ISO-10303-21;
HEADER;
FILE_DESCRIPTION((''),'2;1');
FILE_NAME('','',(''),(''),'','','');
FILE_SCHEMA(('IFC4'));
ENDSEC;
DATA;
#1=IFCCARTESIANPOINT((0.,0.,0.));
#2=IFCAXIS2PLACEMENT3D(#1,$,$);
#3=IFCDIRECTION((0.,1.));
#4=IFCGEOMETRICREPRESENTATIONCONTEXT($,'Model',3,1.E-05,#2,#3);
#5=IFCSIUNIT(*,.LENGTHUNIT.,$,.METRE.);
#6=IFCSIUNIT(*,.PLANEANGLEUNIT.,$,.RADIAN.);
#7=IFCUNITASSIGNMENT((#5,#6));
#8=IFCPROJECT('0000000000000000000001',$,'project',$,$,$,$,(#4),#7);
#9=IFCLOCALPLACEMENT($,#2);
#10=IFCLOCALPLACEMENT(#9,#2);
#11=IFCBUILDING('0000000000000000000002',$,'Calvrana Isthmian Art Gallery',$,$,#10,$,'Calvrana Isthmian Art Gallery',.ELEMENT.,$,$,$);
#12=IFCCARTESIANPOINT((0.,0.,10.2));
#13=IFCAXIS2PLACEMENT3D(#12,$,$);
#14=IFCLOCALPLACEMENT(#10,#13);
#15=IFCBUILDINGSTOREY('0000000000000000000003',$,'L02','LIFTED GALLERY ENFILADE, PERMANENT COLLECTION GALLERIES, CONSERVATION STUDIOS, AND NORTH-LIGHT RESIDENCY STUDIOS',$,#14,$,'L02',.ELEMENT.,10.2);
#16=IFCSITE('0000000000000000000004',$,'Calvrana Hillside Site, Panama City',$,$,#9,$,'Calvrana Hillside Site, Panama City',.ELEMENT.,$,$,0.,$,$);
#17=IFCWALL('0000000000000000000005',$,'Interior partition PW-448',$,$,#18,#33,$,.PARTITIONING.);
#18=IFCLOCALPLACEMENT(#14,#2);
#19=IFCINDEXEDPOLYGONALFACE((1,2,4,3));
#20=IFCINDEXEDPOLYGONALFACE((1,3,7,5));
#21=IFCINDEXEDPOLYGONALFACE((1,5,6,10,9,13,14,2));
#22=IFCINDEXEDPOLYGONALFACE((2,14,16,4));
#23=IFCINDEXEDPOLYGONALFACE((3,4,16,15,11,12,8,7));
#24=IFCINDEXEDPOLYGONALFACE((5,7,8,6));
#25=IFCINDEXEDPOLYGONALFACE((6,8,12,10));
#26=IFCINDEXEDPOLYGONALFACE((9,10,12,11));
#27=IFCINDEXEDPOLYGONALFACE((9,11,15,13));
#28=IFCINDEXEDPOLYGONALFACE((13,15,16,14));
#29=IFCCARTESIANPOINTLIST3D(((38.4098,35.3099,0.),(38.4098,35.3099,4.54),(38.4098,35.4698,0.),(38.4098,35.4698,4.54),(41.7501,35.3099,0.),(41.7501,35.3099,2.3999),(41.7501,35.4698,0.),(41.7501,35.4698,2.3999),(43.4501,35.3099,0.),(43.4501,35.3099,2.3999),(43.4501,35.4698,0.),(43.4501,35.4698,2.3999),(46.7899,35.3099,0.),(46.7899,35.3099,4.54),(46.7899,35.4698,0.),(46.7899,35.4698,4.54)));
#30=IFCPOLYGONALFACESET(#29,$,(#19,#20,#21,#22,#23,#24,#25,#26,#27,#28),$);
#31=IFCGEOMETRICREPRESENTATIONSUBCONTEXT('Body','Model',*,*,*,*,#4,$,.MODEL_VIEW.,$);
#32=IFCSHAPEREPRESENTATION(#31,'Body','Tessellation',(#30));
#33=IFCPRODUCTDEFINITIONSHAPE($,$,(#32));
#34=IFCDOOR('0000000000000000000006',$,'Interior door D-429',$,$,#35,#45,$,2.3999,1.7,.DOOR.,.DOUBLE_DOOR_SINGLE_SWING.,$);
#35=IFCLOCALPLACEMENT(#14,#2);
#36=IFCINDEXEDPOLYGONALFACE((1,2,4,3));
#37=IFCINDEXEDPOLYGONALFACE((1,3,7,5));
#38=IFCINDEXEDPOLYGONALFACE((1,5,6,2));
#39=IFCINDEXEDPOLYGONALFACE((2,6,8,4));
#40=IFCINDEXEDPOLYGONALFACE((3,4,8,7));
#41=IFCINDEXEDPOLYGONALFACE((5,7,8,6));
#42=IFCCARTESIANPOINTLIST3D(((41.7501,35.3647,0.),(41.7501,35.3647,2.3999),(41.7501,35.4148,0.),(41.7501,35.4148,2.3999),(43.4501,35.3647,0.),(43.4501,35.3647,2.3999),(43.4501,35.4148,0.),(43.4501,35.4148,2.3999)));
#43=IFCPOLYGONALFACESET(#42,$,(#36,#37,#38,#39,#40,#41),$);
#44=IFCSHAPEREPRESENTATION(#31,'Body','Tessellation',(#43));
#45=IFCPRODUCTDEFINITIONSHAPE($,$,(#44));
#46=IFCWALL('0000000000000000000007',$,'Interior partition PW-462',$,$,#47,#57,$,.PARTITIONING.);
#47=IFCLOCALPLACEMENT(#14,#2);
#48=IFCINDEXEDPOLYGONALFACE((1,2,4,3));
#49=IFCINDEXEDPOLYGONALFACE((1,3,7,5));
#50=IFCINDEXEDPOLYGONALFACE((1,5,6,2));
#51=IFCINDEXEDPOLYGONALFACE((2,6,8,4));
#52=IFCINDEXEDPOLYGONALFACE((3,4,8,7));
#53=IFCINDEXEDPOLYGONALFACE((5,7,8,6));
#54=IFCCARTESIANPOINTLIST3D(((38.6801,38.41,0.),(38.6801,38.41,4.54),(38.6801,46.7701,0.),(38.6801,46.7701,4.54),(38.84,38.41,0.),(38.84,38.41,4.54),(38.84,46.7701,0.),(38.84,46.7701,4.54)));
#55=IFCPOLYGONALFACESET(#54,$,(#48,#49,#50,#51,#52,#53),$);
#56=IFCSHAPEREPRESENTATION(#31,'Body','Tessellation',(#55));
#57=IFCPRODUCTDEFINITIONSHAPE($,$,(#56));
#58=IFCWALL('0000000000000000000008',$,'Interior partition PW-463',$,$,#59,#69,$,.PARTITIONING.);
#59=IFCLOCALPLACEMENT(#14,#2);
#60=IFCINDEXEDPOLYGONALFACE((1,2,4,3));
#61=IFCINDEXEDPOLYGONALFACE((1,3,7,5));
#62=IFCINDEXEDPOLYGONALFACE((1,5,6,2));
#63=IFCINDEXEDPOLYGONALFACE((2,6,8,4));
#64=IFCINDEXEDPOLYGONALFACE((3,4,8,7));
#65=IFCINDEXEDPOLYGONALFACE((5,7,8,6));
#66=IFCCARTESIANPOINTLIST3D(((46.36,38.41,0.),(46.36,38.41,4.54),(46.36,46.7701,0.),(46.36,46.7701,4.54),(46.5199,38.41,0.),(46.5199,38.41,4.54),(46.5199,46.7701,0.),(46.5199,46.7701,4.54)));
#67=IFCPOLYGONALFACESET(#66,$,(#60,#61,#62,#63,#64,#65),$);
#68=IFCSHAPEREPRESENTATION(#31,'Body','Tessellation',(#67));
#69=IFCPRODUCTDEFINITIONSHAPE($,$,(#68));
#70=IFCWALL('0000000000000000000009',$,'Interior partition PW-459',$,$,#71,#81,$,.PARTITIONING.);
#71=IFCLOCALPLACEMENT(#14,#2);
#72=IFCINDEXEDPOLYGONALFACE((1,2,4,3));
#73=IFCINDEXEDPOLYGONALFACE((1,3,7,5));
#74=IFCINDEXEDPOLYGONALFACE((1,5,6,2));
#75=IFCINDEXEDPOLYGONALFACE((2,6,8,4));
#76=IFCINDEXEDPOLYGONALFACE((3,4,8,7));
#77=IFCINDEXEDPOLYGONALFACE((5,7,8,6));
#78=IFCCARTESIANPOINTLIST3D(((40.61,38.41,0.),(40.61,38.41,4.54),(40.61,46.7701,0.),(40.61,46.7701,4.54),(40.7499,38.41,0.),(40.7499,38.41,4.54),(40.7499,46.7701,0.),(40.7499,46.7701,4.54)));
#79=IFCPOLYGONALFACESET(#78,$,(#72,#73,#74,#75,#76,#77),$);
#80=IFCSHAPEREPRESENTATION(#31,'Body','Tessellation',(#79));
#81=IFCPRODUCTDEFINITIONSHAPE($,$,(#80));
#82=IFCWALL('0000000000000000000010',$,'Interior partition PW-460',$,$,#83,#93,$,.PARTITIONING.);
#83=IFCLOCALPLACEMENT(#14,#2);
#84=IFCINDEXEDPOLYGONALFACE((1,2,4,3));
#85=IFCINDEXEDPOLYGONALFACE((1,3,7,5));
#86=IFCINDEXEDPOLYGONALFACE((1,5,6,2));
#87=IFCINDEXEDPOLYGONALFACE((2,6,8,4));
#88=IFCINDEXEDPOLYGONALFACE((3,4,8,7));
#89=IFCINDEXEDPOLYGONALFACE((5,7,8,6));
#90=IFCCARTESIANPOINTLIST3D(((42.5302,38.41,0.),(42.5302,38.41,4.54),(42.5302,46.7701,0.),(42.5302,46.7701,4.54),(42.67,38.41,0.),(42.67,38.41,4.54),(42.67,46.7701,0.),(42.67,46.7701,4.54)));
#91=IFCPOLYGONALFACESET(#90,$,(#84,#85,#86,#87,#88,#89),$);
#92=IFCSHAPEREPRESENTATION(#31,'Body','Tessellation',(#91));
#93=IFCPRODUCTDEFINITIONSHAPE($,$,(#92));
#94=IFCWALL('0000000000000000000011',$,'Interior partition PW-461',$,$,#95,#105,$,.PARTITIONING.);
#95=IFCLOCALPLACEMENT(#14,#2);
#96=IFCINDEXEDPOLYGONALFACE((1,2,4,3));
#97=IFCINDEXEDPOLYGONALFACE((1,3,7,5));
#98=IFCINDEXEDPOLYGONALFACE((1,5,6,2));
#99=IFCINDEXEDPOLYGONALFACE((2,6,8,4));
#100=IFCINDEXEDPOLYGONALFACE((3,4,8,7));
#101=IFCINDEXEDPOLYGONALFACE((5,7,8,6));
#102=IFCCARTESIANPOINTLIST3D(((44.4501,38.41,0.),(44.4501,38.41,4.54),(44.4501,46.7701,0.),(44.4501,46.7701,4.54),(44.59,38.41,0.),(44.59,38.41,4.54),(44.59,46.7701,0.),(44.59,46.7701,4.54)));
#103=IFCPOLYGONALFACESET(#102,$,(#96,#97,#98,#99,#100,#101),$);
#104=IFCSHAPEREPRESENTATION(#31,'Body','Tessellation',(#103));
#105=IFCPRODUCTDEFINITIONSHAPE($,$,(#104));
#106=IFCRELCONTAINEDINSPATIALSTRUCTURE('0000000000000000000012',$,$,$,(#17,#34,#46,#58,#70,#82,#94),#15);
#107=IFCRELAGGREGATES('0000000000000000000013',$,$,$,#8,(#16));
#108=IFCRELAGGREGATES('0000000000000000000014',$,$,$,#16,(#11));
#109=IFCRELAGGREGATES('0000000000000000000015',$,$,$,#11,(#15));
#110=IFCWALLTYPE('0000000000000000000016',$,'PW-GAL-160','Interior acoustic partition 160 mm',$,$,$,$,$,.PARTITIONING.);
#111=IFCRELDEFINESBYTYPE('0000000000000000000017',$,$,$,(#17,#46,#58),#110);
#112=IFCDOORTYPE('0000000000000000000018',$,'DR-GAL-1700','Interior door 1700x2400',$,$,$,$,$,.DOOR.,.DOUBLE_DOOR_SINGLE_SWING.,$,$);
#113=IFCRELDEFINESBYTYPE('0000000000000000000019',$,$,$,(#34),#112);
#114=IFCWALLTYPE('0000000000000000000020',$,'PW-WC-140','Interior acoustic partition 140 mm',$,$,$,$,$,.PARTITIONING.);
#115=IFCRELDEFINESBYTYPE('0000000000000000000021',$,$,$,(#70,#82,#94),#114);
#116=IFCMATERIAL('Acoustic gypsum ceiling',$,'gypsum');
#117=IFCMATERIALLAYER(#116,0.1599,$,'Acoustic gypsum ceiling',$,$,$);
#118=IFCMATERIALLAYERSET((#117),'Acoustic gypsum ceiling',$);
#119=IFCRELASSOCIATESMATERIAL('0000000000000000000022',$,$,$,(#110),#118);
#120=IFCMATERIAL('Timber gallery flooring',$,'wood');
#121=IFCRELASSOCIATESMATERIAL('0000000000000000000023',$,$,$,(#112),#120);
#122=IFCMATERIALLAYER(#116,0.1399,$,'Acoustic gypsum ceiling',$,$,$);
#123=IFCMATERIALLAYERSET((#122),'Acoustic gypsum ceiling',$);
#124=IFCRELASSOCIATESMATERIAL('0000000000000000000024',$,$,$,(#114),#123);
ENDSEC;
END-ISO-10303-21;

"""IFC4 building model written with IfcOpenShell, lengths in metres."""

from ifc_helpers import new_model, si_unit, direction, frame, frame_2d, origin, place, context, subcontext, project, spatial, rectangle, extrude, material, layer, layer_set, type_object, element, fill, save


model = new_model("IFC4")

# Units and contexts
model_context = context("Model", 3, precision=1e-05, world=origin(), true_north=direction((0.0, 1.0)))
body_context = subcontext(model_context, "Body", "Model", "MODEL_VIEW")
ifc_project = project(units=[si_unit("LENGTHUNIT", "METRE"), si_unit("PLANEANGLEUNIT", "RADIAN")], contexts=[model_context])

# Site, building, storey
site_placement = place(None, origin())
site = spatial("IfcSite", under=ifc_project, at=site_placement, Name="Calvrana Hillside Site, Panama City", LongName="Calvrana Hillside Site, Panama City", CompositionType="ELEMENT", RefElevation=0.0)
building_placement = place(site_placement, origin())
building = spatial("IfcBuilding", under=site, at=building_placement, Name="Calvrana Isthmian Art Gallery", LongName="Calvrana Isthmian Art Gallery", CompositionType="ELEMENT")
storey_placement = place(building_placement, frame((0.0, 0.0, 10.2)))
storey = spatial("IfcBuildingStorey", under=building, at=storey_placement, Name="L02", Description="LIFTED GALLERY ENFILADE, PERMANENT COLLECTION GALLERIES, CONSERVATION STUDIOS, AND NORTH-LIGHT RESIDENCY STUDIOS", LongName="L02", CompositionType="ELEMENT", Elevation=10.2)

# Shared definitions
ifc_material_1 = material(Name="Acoustic gypsum ceiling", Category="gypsum")
ifc_material_2 = material(Name="Timber gallery flooring", Category="wood")

# Shared definitions
ifc_layer_1 = layer(ifc_material_1, 0.1599, Name="Acoustic gypsum ceiling")
ifc_layer_set_1 = layer_set([ifc_layer_1], Name="Acoustic gypsum ceiling")
wall_type_1 = type_object("IfcWallType", Name="PW-GAL-160", Description="Interior acoustic partition 160 mm", PredefinedType="PARTITIONING", material=ifc_layer_set_1)

# Wall, opening, door
wall_1_placement = place(storey_placement, frame((38.4099, 35.3899, 0.0), z_axis=(0.0, 0.0, 1.0), x_axis=(1.0, 0.0, 0.0)))
wall_1 = element("IfcWall", 1, at=wall_1_placement, inside=storey, type_object=wall_type_1, Name="Interior partition PW-448", PredefinedType="PARTITIONING", context=body_context, shape_type="SweptSolid", body=[
    extrude(rectangle(XDim=8.3801, YDim=0.1599, at=frame_2d((4.1899, 0.0))), origin(), (0.0, 0.0, 1.0), 4.54),
])
opening_1_placement = place(wall_1_placement, frame((3.3401, 0.0, 0.0)))
opening_1 = element("IfcOpeningElement", 2, at=opening_1_placement, cuts=wall_1, PredefinedType="OPENING", context=body_context, shape_type="SweptSolid", body=[
    extrude(rectangle(XDim=1.7, YDim=2.3999, at=frame_2d((0.8501, 1.2))), frame((0.0, 0.0903, 0.0), z_axis=(0.0, -1.0, 0.0), x_axis=(1.0, 0.0, 0.0)), (0.0, 0.0, 1.0), 0.1804),
])
door_type_1 = type_object("IfcDoorType", Name="DR-GAL-1700", Description="Interior door 1700x2400", OperationType="DOUBLE_DOOR_SINGLE_SWING", PredefinedType="DOOR", material=ifc_material_2)
door_1_placement = place(opening_1_placement, origin())
door_1 = element("IfcDoor", 3, at=door_1_placement, inside=storey, type_object=door_type_1, Name="Interior door D-429", OperationType="DOUBLE_DOOR_SINGLE_SWING", OverallHeight=2.3999, OverallWidth=1.7, PredefinedType="DOOR", context=body_context, shape_type="SweptSolid", body=[
    extrude(rectangle(XDim=1.7, YDim=2.3999, at=frame_2d((0.8501, 1.2))), frame((0.0, 0.0249, 0.0), z_axis=(0.0, -1.0, 0.0), x_axis=(1.0, 0.0, 0.0)), (0.0, 0.0, 1.0), 0.05),
])
fill(opening_1, door_1)

# Walls
for number, where, z_axis, x_axis, name in (
    (4, (38.76, 38.4099, 0.0), (0.0, 0.0, 1.0), (0.0, 1.0, 0.0), "Interior partition PW-462"),
    (5, (46.4399, 38.4099, 0.0), (0.0, 0.0, 1.0), (0.0, 1.0, 0.0), "Interior partition PW-463"),
):
    element("IfcWall", number, at=place(storey_placement, frame(where, z_axis=z_axis, x_axis=x_axis)), inside=storey, type_object=wall_type_1, Name=name, PredefinedType="PARTITIONING", context=body_context, shape_type="SweptSolid", body=[
        extrude(rectangle(XDim=8.3601, YDim=0.1599, at=frame_2d((4.1802, 0.0))), origin(), (0.0, 0.0, 1.0), 4.54),
    ])

# Walls
ifc_layer_2 = layer(ifc_material_1, 0.1399, Name="Acoustic gypsum ceiling")
ifc_layer_set_2 = layer_set([ifc_layer_2], Name="Acoustic gypsum ceiling")
wall_type_2 = type_object("IfcWallType", Name="PW-WC-140", Description="Interior acoustic partition 140 mm", PredefinedType="PARTITIONING", material=ifc_layer_set_2)
for number, where, z_axis, x_axis, name in (
    (6, (40.6799, 38.4099, 0.0), (0.0, 0.0, 1.0), (0.0, 1.0, 0.0), "Interior partition PW-459"),
    (7, (42.6001, 38.4099, 0.0), (0.0, 0.0, 1.0), (0.0, 1.0, 0.0), "Interior partition PW-460"),
    (8, (44.52, 38.4099, 0.0), (0.0, 0.0, 1.0), (0.0, 1.0, 0.0), "Interior partition PW-461"),
):
    element("IfcWall", number, at=place(storey_placement, frame(where, z_axis=z_axis, x_axis=x_axis)), inside=storey, type_object=wall_type_2, Name=name, PredefinedType="PARTITIONING", context=body_context, shape_type="SweptSolid", body=[
        extrude(rectangle(XDim=8.3601, YDim=0.1399, at=frame_2d((4.1802, 0.0))), origin(), (0.0, 0.0, 1.0), 4.54),
    ])

save(model, "model.ifc")
